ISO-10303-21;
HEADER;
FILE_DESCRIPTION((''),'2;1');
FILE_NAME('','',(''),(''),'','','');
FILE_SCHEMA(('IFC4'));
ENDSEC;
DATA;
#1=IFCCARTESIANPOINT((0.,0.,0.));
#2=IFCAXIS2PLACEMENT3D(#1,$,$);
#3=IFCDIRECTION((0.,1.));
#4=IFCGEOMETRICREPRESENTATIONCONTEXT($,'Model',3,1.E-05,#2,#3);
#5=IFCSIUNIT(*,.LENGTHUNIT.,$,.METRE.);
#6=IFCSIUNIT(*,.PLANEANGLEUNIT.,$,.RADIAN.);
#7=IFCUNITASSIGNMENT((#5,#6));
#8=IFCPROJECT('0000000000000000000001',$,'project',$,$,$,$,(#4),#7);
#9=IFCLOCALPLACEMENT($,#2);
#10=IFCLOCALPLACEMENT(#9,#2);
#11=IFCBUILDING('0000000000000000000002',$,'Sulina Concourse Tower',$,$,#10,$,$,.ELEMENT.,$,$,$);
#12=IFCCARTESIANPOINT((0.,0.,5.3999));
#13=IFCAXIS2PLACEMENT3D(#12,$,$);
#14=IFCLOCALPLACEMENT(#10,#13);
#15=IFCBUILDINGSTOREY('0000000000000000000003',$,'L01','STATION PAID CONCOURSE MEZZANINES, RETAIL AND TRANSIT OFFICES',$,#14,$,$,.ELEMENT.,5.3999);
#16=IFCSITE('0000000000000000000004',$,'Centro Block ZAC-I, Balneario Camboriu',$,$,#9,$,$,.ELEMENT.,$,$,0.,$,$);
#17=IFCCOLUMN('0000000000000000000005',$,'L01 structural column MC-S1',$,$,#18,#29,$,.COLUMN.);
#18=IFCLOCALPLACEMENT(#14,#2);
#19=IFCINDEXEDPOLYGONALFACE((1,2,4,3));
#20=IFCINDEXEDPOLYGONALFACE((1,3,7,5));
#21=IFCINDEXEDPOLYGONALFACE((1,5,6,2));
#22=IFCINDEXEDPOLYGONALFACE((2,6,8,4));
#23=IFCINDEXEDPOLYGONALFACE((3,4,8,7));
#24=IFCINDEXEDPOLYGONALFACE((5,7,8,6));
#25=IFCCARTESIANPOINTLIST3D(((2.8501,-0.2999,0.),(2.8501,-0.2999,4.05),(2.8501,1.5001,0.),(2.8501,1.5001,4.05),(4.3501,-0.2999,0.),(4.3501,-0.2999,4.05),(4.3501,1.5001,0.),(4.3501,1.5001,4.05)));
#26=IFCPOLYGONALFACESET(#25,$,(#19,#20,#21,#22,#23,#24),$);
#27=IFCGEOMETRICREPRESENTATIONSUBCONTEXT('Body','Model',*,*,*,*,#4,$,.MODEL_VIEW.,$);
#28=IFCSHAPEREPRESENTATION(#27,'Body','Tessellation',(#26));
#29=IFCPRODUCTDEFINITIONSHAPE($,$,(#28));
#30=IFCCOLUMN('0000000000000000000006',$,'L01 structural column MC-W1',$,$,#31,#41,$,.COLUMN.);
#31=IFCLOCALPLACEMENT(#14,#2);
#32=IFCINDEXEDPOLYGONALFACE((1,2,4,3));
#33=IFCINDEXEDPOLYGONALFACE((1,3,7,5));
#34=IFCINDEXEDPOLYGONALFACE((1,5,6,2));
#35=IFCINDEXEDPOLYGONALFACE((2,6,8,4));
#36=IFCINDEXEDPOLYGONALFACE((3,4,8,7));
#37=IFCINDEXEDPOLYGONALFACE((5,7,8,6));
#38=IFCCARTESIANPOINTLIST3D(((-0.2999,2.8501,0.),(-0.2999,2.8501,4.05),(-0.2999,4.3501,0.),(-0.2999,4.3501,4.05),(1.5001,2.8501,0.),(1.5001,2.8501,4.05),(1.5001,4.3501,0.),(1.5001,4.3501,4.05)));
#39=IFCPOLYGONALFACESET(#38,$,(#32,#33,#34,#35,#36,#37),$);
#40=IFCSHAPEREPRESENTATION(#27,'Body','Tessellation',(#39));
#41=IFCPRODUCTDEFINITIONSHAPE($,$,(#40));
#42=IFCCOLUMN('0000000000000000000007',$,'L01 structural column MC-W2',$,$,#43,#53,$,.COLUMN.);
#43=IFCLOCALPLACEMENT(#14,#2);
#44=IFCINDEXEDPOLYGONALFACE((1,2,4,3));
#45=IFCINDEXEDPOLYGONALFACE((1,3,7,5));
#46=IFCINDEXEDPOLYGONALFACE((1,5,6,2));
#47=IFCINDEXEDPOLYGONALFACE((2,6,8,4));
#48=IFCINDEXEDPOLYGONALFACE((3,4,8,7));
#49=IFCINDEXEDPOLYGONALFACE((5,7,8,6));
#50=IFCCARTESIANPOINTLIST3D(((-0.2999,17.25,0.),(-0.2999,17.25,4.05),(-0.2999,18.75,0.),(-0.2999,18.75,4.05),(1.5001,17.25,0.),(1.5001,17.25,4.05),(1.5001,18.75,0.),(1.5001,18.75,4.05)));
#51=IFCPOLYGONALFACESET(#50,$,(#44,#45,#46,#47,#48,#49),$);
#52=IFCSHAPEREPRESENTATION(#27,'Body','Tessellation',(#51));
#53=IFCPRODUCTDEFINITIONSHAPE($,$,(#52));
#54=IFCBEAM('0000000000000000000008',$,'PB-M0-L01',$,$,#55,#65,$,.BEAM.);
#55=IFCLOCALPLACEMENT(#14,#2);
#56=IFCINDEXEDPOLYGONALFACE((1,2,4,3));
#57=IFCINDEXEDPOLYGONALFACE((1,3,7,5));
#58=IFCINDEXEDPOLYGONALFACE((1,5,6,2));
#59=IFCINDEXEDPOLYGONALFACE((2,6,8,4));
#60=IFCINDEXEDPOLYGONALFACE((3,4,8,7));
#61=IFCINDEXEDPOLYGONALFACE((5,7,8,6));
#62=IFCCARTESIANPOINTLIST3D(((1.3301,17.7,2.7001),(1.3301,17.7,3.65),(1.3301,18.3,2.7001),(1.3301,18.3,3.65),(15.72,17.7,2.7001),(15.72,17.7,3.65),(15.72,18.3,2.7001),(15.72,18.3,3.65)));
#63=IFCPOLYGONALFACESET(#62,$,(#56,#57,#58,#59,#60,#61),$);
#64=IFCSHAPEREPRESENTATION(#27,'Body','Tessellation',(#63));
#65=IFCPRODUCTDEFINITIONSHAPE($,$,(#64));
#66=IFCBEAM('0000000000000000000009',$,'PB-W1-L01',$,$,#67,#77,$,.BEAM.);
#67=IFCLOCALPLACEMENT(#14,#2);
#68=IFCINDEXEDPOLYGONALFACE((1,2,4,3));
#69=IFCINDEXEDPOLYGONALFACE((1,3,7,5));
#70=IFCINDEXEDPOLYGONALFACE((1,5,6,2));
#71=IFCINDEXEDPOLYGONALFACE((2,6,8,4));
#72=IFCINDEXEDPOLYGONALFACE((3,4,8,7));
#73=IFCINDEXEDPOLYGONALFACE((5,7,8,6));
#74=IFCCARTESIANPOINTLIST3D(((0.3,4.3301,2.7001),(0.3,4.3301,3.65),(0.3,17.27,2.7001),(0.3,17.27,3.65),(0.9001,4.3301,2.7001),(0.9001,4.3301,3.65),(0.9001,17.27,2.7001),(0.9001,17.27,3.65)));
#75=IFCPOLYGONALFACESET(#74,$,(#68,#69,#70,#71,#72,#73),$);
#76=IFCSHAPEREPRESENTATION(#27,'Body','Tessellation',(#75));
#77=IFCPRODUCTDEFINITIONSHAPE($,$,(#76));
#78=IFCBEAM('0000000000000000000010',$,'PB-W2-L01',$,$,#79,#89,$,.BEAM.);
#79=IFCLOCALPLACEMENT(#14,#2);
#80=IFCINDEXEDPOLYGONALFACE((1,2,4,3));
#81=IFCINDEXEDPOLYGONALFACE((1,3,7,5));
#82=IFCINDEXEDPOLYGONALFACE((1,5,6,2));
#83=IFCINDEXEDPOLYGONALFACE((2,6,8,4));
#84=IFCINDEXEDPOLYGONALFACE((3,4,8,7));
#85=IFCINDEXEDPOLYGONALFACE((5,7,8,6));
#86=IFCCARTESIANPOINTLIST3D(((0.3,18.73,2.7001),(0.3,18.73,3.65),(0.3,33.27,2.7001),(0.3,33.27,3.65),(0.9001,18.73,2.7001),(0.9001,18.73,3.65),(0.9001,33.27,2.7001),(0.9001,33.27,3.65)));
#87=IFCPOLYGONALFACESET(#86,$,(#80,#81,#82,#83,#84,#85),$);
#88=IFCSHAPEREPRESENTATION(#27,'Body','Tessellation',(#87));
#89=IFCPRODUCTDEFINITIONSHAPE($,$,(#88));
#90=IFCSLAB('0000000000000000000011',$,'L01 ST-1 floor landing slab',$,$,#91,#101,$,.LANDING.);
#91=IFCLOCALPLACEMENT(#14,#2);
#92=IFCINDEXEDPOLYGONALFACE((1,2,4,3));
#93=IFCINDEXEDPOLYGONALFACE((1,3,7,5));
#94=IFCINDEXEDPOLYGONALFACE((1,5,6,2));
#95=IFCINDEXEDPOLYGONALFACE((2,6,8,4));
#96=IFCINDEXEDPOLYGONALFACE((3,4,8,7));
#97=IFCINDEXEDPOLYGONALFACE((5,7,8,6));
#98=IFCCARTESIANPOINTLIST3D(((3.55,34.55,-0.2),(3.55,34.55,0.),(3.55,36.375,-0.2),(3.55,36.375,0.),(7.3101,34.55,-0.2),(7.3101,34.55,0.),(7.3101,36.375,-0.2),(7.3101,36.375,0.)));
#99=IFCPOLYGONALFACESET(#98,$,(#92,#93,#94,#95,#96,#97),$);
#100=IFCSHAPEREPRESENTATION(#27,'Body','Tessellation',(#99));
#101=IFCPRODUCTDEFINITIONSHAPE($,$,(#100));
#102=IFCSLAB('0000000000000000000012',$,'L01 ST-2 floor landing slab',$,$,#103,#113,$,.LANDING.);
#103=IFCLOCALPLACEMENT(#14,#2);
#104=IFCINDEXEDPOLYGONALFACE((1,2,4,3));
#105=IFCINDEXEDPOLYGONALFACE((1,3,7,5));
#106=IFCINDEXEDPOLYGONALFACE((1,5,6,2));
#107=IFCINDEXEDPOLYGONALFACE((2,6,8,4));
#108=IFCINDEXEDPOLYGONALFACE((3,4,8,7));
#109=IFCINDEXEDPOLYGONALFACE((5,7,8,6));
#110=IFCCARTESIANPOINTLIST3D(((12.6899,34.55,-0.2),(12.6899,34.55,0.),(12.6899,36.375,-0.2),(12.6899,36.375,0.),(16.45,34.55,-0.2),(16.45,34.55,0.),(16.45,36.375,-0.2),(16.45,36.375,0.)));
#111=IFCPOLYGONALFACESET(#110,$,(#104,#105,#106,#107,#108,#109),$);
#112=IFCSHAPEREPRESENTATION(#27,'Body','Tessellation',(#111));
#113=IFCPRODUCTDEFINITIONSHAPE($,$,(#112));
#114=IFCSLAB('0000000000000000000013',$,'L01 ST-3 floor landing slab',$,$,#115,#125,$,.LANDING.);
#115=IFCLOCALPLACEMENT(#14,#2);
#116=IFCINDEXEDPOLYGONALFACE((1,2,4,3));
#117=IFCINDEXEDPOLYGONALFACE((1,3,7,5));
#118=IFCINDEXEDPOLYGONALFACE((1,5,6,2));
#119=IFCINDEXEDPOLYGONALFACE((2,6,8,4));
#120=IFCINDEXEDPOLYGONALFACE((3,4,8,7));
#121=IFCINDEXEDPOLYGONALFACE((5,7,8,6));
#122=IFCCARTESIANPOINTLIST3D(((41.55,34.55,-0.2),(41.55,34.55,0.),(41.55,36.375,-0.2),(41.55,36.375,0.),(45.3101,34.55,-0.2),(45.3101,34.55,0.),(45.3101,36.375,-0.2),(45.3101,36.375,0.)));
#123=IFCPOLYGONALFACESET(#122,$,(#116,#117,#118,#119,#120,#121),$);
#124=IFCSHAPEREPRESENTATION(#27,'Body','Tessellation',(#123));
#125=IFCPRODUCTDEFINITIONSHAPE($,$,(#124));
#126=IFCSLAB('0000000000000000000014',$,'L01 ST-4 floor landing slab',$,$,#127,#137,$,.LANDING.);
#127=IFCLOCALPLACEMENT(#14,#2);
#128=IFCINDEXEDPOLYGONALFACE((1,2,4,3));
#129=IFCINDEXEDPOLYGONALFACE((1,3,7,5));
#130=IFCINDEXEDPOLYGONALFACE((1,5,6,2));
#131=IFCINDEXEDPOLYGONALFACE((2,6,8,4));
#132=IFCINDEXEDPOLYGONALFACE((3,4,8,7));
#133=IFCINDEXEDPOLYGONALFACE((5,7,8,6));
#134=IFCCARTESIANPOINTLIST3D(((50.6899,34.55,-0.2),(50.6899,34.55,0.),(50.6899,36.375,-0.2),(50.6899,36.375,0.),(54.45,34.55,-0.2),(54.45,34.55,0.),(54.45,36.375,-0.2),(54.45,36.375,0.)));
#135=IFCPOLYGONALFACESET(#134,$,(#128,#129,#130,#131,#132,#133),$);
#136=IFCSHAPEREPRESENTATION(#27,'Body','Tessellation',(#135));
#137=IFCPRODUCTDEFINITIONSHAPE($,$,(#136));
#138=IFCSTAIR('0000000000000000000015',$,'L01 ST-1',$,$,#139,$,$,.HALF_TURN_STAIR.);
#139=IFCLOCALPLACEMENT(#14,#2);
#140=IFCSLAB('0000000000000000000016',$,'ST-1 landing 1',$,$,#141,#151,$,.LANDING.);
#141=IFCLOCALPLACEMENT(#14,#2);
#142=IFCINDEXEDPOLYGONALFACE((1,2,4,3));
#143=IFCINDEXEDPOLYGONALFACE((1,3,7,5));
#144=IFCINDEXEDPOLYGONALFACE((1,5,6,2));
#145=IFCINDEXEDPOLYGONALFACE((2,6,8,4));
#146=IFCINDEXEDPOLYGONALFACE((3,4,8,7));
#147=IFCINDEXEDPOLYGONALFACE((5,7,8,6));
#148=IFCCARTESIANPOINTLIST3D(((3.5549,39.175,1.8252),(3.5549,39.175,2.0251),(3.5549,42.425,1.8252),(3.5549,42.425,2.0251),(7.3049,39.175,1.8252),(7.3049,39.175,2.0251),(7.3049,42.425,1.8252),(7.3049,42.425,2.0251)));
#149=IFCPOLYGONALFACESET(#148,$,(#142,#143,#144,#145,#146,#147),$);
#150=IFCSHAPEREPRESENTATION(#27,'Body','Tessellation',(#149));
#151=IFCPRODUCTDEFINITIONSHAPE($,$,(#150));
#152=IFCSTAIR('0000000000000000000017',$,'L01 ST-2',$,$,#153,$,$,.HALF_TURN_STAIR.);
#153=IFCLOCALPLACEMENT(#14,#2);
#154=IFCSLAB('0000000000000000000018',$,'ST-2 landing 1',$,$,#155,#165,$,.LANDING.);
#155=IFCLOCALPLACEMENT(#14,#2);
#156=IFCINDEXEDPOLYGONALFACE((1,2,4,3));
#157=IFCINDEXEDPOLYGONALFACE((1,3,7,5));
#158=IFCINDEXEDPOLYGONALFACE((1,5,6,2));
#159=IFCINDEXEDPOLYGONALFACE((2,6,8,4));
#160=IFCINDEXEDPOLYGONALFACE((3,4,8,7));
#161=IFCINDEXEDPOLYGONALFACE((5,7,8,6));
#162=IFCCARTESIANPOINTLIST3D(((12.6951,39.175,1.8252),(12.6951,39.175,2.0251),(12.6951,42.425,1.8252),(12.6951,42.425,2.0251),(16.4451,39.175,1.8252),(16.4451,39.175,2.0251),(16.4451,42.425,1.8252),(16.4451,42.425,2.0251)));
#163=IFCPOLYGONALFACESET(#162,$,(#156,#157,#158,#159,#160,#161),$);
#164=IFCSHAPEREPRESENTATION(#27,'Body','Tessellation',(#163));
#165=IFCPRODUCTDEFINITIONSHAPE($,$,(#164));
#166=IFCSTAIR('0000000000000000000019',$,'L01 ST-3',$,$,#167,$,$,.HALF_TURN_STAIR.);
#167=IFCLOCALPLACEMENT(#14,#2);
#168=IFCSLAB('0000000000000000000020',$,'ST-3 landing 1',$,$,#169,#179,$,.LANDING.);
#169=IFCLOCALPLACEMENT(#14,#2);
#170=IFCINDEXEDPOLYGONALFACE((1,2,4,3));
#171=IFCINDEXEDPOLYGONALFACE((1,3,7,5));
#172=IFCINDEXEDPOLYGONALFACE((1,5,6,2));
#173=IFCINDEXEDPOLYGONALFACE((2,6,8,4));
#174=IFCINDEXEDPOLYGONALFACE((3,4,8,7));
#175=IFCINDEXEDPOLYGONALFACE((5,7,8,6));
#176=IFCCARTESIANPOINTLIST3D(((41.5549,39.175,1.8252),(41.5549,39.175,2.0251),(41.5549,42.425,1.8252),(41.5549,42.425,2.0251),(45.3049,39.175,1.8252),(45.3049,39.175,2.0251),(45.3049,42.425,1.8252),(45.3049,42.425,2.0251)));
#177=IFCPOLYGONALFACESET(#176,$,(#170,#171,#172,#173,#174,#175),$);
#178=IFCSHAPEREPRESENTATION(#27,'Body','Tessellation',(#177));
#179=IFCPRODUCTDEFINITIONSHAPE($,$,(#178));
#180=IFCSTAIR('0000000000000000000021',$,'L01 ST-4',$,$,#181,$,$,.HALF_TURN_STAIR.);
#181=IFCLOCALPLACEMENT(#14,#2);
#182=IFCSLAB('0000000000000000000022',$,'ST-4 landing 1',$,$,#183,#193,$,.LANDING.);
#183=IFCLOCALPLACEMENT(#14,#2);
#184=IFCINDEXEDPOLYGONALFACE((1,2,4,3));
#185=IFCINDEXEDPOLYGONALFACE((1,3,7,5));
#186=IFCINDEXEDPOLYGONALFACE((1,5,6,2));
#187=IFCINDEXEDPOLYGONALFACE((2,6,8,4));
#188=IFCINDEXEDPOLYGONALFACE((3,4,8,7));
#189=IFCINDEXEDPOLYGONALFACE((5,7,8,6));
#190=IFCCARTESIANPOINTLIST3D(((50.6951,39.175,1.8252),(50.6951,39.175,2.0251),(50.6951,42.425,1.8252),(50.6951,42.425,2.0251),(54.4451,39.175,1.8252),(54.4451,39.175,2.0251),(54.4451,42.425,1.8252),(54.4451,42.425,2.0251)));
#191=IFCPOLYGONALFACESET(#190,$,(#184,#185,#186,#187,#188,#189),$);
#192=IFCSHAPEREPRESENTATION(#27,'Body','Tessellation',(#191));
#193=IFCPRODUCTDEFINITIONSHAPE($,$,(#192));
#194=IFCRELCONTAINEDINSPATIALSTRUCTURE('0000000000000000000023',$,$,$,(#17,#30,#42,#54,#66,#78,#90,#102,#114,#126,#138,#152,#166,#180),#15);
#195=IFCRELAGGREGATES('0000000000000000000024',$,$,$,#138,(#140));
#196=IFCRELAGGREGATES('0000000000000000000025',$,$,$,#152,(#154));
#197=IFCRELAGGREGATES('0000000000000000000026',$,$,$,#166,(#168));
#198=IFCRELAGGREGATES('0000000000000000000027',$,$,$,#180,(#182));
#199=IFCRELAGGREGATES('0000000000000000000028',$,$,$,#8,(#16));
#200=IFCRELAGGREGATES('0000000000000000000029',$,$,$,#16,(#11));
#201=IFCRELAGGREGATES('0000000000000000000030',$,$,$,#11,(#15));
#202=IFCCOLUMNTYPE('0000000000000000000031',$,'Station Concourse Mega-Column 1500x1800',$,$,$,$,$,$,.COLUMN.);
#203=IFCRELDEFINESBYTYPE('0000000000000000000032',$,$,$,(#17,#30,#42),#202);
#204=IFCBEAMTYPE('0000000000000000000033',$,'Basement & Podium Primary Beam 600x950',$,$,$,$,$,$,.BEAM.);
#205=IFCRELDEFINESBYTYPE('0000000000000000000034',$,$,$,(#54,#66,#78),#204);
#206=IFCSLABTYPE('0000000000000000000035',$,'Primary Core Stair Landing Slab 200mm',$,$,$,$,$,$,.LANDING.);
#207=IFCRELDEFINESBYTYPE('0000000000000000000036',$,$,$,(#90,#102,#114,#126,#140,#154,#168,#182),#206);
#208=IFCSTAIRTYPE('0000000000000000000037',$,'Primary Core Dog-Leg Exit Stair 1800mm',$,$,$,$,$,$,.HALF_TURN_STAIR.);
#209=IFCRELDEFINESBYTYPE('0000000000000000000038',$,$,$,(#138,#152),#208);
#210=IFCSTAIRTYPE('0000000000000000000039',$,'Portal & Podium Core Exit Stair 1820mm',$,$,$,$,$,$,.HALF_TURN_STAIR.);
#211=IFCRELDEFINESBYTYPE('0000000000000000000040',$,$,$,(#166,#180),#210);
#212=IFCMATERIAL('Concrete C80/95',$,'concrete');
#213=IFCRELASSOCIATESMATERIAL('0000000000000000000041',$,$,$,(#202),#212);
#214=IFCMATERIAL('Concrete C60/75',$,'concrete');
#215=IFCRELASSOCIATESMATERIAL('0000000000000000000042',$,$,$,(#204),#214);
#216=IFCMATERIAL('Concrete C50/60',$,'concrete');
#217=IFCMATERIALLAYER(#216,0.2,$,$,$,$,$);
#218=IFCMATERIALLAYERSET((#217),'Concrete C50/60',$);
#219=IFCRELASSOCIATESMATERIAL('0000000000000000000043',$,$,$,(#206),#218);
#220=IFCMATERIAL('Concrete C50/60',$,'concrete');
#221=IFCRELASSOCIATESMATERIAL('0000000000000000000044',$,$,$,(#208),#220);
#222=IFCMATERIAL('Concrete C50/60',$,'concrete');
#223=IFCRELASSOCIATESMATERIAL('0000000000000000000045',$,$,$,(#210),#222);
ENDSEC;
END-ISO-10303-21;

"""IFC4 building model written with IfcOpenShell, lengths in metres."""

from ifc_helpers import new_model, si_unit, direction, frame, origin, origin_2d, place, context, subcontext, project, spatial, polyline, rectangle, outline, extrude, material, layer, layer_set, material_profile, profile_set, type_object, element, aggregate, save


model = new_model("IFC4")

# Units and contexts
model_context = context("Model", 3, precision=1e-05, world=origin(), true_north=direction((0.0, 1.0)))
body_context = subcontext(model_context, "Body", "Model", "MODEL_VIEW")
ifc_project = project(units=[si_unit("LENGTHUNIT", "METRE"), si_unit("PLANEANGLEUNIT", "RADIAN")], contexts=[model_context])

# Site, building, storey
site_placement = place(None, origin())
site = spatial("IfcSite", under=ifc_project, at=site_placement, Name="Centro Block ZAC-I, Balneario Camboriu", CompositionType="ELEMENT", RefElevation=0.0)
building_placement = place(site_placement, origin())
building = spatial("IfcBuilding", under=site, at=building_placement, Name="Sulina Concourse Tower", CompositionType="ELEMENT")
storey_placement = place(building_placement, frame((0.0, 0.0, 5.3999)))
storey = spatial("IfcBuildingStorey", under=building, at=storey_placement, Name="L01", Description="STATION PAID CONCOURSE MEZZANINES, RETAIL AND TRANSIT OFFICES", CompositionType="ELEMENT", Elevation=5.3999)

# Columns
ifc_material_1 = material(Name="Concrete C80/95", Category="concrete")
ifc_material_profile_1 = material_profile(ifc_material_1, rectangle(XDim=1.5, YDim=1.8, at=origin_2d()), Name="RC 1500x1800")
ifc_profile_set_1 = profile_set([ifc_material_profile_1], Name="Concrete C80/95")
column_type = type_object("IfcColumnType", Name="Station Concourse Mega-Column 1500x1800", PredefinedType="COLUMN", material=ifc_profile_set_1)
for number, where, z_axis, x_axis, name in (
    (1, (3.6001, 0.6001, 0.0), (0.0, 0.0, 1.0), (1.0, 0.0, 0.0), "L01 structural column MC-S1"),
    (2, (0.6001, 3.6001, 0.0), (0.0, 0.0, 1.0), (0.0, 1.0, 0.0), "L01 structural column MC-W1"),
    (3, (0.6001, 18.0, 0.0), (0.0, 0.0, 1.0), (0.0, 1.0, 0.0), "L01 structural column MC-W2"),
):
    element("IfcColumn", number, at=place(storey_placement, frame(where, z_axis=z_axis, x_axis=x_axis)), inside=storey, type_object=column_type, Name=name, PredefinedType="COLUMN", context=body_context, shape_type="SweptSolid", body=[
        extrude(rectangle(XDim=1.5, YDim=1.8, at=origin_2d()), origin(), (0.0, 0.0, 1.0), 4.05),
    ])

# Beams
ifc_material_2 = material(Name="Concrete C60/75", Category="concrete")
ifc_material_profile_2 = material_profile(ifc_material_2, rectangle(XDim=0.6001, YDim=0.95, at=origin_2d()), Name="RC 600x950")
ifc_profile_set_2 = profile_set([ifc_material_profile_2], Name="Concrete C60/75")
beam_type = type_object("IfcBeamType", Name="Basement & Podium Primary Beam 600x950", PredefinedType="BEAM", material=ifc_profile_set_2)
beam_1_placement = place(storey_placement, frame((1.3301, 18.0, 3.175), z_axis=(1.0, 0.0, 0.0), x_axis=(0.0, 1.0, 0.0)))
element("IfcBeam", 4, at=beam_1_placement, inside=storey, type_object=beam_type, Name="PB-M0-L01", PredefinedType="BEAM", context=body_context, shape_type="SweptSolid", body=[
    extrude(rectangle(XDim=0.6001, YDim=0.95, at=origin_2d()), origin(), (0.0, 0.0, 1.0), 14.3899),
])
beam_2_placement = place(storey_placement, frame((0.6001, 4.3301, 3.175), z_axis=(0.0, 1.0, 0.0), x_axis=(-1.0, 0.0, 0.0)))
element("IfcBeam", 5, at=beam_2_placement, inside=storey, type_object=beam_type, Name="PB-W1-L01", PredefinedType="BEAM", context=body_context, shape_type="SweptSolid", body=[
    extrude(rectangle(XDim=0.6001, YDim=0.95, at=origin_2d()), origin(), (0.0, 0.0, 1.0), 12.9399),
])
beam_3_placement = place(storey_placement, frame((0.6001, 18.73, 3.175), z_axis=(0.0, 1.0, 0.0), x_axis=(-1.0, 0.0, 0.0)))
element("IfcBeam", 6, at=beam_3_placement, inside=storey, type_object=beam_type, Name="PB-W2-L01", PredefinedType="BEAM", context=body_context, shape_type="SweptSolid", body=[
    extrude(rectangle(XDim=0.6001, YDim=0.95, at=origin_2d()), origin(), (0.0, 0.0, 1.0), 14.54),
])

# Slabs
ifc_material_3 = material(Name="Concrete C50/60", Category="concrete")
ifc_layer_1 = layer(ifc_material_3, 0.2)
ifc_layer_set_1 = layer_set([ifc_layer_1], Name="Concrete C50/60")
slab_type_1 = type_object("IfcSlabType", Name="Primary Core Stair Landing Slab 200mm", PredefinedType="LANDING", material=ifc_layer_set_1)
slab_1_placement = place(storey_placement, frame((0.0, 0.0, -0.2)))
element("IfcSlab", 7, at=slab_1_placement, inside=storey, type_object=slab_type_1, Name="L01 ST-1 floor landing slab", PredefinedType="LANDING", context=body_context, shape_type="SweptSolid", body=[
    extrude(outline(polyline([(7.3101, 34.55), (7.3101, 36.375), (3.55, 36.375), (3.55, 34.55), (7.3101, 34.55)])), origin(), (0.0, 0.0, 1.0), 0.2),
])
slab_2_placement = place(storey_placement, frame((0.0, 0.0, -0.2)))
element("IfcSlab", 8, at=slab_2_placement, inside=storey, type_object=slab_type_1, Name="L01 ST-2 floor landing slab", PredefinedType="LANDING", context=body_context, shape_type="SweptSolid", body=[
    extrude(outline(polyline([(16.45, 34.55), (16.45, 36.375), (12.6899, 36.375), (12.6899, 34.55), (16.45, 34.55)])), origin(), (0.0, 0.0, 1.0), 0.2),
])
slab_3_placement = place(storey_placement, frame((0.0, 0.0, -0.2)))
element("IfcSlab", 9, at=slab_3_placement, inside=storey, type_object=slab_type_1, Name="L01 ST-3 floor landing slab", PredefinedType="LANDING", context=body_context, shape_type="SweptSolid", body=[
    extrude(outline(polyline([(45.3101, 34.55), (45.3101, 36.375), (41.55, 36.375), (41.55, 34.55), (45.3101, 34.55)])), origin(), (0.0, 0.0, 1.0), 0.2),
])
slab_4_placement = place(storey_placement, frame((0.0, 0.0, -0.2)))
element("IfcSlab", 10, at=slab_4_placement, inside=storey, type_object=slab_type_1, Name="L01 ST-4 floor landing slab", PredefinedType="LANDING", context=body_context, shape_type="SweptSolid", body=[
    extrude(outline(polyline([(54.45, 34.55), (54.45, 36.375), (50.6899, 36.375), (50.6899, 34.55), (54.45, 34.55)])), origin(), (0.0, 0.0, 1.0), 0.2),
])

# Stairs, slabs
ifc_material_4 = material(Name="Concrete C50/60", Category="concrete")
stair_type_1 = type_object("IfcStairType", Name="Primary Core Dog-Leg Exit Stair 1800mm", PredefinedType="HALF_TURN_STAIR", material=ifc_material_4)
stair_1_placement = place(storey_placement, origin())
stair_1 = element("IfcStair", 11, at=stair_1_placement, inside=storey, type_object=stair_type_1, Name="L01 ST-1", PredefinedType="HALF_TURN_STAIR")
slab_5_placement = place(storey_placement, frame((0.0, 0.0, 1.8252)))
slab_5 = element("IfcSlab", 12, at=slab_5_placement, type_object=slab_type_1, Name="ST-1 landing 1", PredefinedType="LANDING", context=body_context, shape_type="SweptSolid", body=[
    extrude(outline(polyline([(7.3049, 39.175), (7.3049, 42.425), (3.5549, 42.425), (3.5549, 39.175), (7.3049, 39.175)])), origin(), (0.0, 0.0, 1.0), 0.2),
])
aggregate(stair_1, [slab_5])
stair_2_placement = place(storey_placement, origin())
stair_2 = element("IfcStair", 13, at=stair_2_placement, inside=storey, type_object=stair_type_1, Name="L01 ST-2", PredefinedType="HALF_TURN_STAIR")
slab_6_placement = place(storey_placement, frame((0.0, 0.0, 1.8252)))
slab_6 = element("IfcSlab", 14, at=slab_6_placement, type_object=slab_type_1, Name="ST-2 landing 1", PredefinedType="LANDING", context=body_context, shape_type="SweptSolid", body=[
    extrude(outline(polyline([(16.4451, 39.175), (16.4451, 42.425), (12.6951, 42.425), (12.6951, 39.175), (16.4451, 39.175)])), origin(), (0.0, 0.0, 1.0), 0.2),
])
aggregate(stair_2, [slab_6])
ifc_material_5 = material(Name="Concrete C50/60", Category="concrete")
stair_type_2 = type_object("IfcStairType", Name="Portal & Podium Core Exit Stair 1820mm", PredefinedType="HALF_TURN_STAIR", material=ifc_material_5)
stair_3_placement = place(storey_placement, origin())
stair_3 = element("IfcStair", 15, at=stair_3_placement, inside=storey, type_object=stair_type_2, Name="L01 ST-3", PredefinedType="HALF_TURN_STAIR")
slab_7_placement = place(storey_placement, frame((0.0, 0.0, 1.8252)))
slab_7 = element("IfcSlab", 16, at=slab_7_placement, type_object=slab_type_1, Name="ST-3 landing 1", PredefinedType="LANDING", context=body_context, shape_type="SweptSolid", body=[
    extrude(outline(polyline([(45.3049, 39.175), (45.3049, 42.425), (41.5549, 42.425), (41.5549, 39.175), (45.3049, 39.175)])), origin(), (0.0, 0.0, 1.0), 0.2),
])
aggregate(stair_3, [slab_7])
stair_4_placement = place(storey_placement, origin())
stair_4 = element("IfcStair", 17, at=stair_4_placement, inside=storey, type_object=stair_type_2, Name="L01 ST-4", PredefinedType="HALF_TURN_STAIR")
slab_8_placement = place(storey_placement, frame((0.0, 0.0, 1.8252)))
slab_8 = element("IfcSlab", 18, at=slab_8_placement, type_object=slab_type_1, Name="ST-4 landing 1", PredefinedType="LANDING", context=body_context, shape_type="SweptSolid", body=[
    extrude(outline(polyline([(54.4451, 39.175), (54.4451, 42.425), (50.6951, 42.425), (50.6951, 39.175), (54.4451, 39.175)])), origin(), (0.0, 0.0, 1.0), 0.2),
])
aggregate(stair_4, [slab_8])

save(model, "model.ifc")
